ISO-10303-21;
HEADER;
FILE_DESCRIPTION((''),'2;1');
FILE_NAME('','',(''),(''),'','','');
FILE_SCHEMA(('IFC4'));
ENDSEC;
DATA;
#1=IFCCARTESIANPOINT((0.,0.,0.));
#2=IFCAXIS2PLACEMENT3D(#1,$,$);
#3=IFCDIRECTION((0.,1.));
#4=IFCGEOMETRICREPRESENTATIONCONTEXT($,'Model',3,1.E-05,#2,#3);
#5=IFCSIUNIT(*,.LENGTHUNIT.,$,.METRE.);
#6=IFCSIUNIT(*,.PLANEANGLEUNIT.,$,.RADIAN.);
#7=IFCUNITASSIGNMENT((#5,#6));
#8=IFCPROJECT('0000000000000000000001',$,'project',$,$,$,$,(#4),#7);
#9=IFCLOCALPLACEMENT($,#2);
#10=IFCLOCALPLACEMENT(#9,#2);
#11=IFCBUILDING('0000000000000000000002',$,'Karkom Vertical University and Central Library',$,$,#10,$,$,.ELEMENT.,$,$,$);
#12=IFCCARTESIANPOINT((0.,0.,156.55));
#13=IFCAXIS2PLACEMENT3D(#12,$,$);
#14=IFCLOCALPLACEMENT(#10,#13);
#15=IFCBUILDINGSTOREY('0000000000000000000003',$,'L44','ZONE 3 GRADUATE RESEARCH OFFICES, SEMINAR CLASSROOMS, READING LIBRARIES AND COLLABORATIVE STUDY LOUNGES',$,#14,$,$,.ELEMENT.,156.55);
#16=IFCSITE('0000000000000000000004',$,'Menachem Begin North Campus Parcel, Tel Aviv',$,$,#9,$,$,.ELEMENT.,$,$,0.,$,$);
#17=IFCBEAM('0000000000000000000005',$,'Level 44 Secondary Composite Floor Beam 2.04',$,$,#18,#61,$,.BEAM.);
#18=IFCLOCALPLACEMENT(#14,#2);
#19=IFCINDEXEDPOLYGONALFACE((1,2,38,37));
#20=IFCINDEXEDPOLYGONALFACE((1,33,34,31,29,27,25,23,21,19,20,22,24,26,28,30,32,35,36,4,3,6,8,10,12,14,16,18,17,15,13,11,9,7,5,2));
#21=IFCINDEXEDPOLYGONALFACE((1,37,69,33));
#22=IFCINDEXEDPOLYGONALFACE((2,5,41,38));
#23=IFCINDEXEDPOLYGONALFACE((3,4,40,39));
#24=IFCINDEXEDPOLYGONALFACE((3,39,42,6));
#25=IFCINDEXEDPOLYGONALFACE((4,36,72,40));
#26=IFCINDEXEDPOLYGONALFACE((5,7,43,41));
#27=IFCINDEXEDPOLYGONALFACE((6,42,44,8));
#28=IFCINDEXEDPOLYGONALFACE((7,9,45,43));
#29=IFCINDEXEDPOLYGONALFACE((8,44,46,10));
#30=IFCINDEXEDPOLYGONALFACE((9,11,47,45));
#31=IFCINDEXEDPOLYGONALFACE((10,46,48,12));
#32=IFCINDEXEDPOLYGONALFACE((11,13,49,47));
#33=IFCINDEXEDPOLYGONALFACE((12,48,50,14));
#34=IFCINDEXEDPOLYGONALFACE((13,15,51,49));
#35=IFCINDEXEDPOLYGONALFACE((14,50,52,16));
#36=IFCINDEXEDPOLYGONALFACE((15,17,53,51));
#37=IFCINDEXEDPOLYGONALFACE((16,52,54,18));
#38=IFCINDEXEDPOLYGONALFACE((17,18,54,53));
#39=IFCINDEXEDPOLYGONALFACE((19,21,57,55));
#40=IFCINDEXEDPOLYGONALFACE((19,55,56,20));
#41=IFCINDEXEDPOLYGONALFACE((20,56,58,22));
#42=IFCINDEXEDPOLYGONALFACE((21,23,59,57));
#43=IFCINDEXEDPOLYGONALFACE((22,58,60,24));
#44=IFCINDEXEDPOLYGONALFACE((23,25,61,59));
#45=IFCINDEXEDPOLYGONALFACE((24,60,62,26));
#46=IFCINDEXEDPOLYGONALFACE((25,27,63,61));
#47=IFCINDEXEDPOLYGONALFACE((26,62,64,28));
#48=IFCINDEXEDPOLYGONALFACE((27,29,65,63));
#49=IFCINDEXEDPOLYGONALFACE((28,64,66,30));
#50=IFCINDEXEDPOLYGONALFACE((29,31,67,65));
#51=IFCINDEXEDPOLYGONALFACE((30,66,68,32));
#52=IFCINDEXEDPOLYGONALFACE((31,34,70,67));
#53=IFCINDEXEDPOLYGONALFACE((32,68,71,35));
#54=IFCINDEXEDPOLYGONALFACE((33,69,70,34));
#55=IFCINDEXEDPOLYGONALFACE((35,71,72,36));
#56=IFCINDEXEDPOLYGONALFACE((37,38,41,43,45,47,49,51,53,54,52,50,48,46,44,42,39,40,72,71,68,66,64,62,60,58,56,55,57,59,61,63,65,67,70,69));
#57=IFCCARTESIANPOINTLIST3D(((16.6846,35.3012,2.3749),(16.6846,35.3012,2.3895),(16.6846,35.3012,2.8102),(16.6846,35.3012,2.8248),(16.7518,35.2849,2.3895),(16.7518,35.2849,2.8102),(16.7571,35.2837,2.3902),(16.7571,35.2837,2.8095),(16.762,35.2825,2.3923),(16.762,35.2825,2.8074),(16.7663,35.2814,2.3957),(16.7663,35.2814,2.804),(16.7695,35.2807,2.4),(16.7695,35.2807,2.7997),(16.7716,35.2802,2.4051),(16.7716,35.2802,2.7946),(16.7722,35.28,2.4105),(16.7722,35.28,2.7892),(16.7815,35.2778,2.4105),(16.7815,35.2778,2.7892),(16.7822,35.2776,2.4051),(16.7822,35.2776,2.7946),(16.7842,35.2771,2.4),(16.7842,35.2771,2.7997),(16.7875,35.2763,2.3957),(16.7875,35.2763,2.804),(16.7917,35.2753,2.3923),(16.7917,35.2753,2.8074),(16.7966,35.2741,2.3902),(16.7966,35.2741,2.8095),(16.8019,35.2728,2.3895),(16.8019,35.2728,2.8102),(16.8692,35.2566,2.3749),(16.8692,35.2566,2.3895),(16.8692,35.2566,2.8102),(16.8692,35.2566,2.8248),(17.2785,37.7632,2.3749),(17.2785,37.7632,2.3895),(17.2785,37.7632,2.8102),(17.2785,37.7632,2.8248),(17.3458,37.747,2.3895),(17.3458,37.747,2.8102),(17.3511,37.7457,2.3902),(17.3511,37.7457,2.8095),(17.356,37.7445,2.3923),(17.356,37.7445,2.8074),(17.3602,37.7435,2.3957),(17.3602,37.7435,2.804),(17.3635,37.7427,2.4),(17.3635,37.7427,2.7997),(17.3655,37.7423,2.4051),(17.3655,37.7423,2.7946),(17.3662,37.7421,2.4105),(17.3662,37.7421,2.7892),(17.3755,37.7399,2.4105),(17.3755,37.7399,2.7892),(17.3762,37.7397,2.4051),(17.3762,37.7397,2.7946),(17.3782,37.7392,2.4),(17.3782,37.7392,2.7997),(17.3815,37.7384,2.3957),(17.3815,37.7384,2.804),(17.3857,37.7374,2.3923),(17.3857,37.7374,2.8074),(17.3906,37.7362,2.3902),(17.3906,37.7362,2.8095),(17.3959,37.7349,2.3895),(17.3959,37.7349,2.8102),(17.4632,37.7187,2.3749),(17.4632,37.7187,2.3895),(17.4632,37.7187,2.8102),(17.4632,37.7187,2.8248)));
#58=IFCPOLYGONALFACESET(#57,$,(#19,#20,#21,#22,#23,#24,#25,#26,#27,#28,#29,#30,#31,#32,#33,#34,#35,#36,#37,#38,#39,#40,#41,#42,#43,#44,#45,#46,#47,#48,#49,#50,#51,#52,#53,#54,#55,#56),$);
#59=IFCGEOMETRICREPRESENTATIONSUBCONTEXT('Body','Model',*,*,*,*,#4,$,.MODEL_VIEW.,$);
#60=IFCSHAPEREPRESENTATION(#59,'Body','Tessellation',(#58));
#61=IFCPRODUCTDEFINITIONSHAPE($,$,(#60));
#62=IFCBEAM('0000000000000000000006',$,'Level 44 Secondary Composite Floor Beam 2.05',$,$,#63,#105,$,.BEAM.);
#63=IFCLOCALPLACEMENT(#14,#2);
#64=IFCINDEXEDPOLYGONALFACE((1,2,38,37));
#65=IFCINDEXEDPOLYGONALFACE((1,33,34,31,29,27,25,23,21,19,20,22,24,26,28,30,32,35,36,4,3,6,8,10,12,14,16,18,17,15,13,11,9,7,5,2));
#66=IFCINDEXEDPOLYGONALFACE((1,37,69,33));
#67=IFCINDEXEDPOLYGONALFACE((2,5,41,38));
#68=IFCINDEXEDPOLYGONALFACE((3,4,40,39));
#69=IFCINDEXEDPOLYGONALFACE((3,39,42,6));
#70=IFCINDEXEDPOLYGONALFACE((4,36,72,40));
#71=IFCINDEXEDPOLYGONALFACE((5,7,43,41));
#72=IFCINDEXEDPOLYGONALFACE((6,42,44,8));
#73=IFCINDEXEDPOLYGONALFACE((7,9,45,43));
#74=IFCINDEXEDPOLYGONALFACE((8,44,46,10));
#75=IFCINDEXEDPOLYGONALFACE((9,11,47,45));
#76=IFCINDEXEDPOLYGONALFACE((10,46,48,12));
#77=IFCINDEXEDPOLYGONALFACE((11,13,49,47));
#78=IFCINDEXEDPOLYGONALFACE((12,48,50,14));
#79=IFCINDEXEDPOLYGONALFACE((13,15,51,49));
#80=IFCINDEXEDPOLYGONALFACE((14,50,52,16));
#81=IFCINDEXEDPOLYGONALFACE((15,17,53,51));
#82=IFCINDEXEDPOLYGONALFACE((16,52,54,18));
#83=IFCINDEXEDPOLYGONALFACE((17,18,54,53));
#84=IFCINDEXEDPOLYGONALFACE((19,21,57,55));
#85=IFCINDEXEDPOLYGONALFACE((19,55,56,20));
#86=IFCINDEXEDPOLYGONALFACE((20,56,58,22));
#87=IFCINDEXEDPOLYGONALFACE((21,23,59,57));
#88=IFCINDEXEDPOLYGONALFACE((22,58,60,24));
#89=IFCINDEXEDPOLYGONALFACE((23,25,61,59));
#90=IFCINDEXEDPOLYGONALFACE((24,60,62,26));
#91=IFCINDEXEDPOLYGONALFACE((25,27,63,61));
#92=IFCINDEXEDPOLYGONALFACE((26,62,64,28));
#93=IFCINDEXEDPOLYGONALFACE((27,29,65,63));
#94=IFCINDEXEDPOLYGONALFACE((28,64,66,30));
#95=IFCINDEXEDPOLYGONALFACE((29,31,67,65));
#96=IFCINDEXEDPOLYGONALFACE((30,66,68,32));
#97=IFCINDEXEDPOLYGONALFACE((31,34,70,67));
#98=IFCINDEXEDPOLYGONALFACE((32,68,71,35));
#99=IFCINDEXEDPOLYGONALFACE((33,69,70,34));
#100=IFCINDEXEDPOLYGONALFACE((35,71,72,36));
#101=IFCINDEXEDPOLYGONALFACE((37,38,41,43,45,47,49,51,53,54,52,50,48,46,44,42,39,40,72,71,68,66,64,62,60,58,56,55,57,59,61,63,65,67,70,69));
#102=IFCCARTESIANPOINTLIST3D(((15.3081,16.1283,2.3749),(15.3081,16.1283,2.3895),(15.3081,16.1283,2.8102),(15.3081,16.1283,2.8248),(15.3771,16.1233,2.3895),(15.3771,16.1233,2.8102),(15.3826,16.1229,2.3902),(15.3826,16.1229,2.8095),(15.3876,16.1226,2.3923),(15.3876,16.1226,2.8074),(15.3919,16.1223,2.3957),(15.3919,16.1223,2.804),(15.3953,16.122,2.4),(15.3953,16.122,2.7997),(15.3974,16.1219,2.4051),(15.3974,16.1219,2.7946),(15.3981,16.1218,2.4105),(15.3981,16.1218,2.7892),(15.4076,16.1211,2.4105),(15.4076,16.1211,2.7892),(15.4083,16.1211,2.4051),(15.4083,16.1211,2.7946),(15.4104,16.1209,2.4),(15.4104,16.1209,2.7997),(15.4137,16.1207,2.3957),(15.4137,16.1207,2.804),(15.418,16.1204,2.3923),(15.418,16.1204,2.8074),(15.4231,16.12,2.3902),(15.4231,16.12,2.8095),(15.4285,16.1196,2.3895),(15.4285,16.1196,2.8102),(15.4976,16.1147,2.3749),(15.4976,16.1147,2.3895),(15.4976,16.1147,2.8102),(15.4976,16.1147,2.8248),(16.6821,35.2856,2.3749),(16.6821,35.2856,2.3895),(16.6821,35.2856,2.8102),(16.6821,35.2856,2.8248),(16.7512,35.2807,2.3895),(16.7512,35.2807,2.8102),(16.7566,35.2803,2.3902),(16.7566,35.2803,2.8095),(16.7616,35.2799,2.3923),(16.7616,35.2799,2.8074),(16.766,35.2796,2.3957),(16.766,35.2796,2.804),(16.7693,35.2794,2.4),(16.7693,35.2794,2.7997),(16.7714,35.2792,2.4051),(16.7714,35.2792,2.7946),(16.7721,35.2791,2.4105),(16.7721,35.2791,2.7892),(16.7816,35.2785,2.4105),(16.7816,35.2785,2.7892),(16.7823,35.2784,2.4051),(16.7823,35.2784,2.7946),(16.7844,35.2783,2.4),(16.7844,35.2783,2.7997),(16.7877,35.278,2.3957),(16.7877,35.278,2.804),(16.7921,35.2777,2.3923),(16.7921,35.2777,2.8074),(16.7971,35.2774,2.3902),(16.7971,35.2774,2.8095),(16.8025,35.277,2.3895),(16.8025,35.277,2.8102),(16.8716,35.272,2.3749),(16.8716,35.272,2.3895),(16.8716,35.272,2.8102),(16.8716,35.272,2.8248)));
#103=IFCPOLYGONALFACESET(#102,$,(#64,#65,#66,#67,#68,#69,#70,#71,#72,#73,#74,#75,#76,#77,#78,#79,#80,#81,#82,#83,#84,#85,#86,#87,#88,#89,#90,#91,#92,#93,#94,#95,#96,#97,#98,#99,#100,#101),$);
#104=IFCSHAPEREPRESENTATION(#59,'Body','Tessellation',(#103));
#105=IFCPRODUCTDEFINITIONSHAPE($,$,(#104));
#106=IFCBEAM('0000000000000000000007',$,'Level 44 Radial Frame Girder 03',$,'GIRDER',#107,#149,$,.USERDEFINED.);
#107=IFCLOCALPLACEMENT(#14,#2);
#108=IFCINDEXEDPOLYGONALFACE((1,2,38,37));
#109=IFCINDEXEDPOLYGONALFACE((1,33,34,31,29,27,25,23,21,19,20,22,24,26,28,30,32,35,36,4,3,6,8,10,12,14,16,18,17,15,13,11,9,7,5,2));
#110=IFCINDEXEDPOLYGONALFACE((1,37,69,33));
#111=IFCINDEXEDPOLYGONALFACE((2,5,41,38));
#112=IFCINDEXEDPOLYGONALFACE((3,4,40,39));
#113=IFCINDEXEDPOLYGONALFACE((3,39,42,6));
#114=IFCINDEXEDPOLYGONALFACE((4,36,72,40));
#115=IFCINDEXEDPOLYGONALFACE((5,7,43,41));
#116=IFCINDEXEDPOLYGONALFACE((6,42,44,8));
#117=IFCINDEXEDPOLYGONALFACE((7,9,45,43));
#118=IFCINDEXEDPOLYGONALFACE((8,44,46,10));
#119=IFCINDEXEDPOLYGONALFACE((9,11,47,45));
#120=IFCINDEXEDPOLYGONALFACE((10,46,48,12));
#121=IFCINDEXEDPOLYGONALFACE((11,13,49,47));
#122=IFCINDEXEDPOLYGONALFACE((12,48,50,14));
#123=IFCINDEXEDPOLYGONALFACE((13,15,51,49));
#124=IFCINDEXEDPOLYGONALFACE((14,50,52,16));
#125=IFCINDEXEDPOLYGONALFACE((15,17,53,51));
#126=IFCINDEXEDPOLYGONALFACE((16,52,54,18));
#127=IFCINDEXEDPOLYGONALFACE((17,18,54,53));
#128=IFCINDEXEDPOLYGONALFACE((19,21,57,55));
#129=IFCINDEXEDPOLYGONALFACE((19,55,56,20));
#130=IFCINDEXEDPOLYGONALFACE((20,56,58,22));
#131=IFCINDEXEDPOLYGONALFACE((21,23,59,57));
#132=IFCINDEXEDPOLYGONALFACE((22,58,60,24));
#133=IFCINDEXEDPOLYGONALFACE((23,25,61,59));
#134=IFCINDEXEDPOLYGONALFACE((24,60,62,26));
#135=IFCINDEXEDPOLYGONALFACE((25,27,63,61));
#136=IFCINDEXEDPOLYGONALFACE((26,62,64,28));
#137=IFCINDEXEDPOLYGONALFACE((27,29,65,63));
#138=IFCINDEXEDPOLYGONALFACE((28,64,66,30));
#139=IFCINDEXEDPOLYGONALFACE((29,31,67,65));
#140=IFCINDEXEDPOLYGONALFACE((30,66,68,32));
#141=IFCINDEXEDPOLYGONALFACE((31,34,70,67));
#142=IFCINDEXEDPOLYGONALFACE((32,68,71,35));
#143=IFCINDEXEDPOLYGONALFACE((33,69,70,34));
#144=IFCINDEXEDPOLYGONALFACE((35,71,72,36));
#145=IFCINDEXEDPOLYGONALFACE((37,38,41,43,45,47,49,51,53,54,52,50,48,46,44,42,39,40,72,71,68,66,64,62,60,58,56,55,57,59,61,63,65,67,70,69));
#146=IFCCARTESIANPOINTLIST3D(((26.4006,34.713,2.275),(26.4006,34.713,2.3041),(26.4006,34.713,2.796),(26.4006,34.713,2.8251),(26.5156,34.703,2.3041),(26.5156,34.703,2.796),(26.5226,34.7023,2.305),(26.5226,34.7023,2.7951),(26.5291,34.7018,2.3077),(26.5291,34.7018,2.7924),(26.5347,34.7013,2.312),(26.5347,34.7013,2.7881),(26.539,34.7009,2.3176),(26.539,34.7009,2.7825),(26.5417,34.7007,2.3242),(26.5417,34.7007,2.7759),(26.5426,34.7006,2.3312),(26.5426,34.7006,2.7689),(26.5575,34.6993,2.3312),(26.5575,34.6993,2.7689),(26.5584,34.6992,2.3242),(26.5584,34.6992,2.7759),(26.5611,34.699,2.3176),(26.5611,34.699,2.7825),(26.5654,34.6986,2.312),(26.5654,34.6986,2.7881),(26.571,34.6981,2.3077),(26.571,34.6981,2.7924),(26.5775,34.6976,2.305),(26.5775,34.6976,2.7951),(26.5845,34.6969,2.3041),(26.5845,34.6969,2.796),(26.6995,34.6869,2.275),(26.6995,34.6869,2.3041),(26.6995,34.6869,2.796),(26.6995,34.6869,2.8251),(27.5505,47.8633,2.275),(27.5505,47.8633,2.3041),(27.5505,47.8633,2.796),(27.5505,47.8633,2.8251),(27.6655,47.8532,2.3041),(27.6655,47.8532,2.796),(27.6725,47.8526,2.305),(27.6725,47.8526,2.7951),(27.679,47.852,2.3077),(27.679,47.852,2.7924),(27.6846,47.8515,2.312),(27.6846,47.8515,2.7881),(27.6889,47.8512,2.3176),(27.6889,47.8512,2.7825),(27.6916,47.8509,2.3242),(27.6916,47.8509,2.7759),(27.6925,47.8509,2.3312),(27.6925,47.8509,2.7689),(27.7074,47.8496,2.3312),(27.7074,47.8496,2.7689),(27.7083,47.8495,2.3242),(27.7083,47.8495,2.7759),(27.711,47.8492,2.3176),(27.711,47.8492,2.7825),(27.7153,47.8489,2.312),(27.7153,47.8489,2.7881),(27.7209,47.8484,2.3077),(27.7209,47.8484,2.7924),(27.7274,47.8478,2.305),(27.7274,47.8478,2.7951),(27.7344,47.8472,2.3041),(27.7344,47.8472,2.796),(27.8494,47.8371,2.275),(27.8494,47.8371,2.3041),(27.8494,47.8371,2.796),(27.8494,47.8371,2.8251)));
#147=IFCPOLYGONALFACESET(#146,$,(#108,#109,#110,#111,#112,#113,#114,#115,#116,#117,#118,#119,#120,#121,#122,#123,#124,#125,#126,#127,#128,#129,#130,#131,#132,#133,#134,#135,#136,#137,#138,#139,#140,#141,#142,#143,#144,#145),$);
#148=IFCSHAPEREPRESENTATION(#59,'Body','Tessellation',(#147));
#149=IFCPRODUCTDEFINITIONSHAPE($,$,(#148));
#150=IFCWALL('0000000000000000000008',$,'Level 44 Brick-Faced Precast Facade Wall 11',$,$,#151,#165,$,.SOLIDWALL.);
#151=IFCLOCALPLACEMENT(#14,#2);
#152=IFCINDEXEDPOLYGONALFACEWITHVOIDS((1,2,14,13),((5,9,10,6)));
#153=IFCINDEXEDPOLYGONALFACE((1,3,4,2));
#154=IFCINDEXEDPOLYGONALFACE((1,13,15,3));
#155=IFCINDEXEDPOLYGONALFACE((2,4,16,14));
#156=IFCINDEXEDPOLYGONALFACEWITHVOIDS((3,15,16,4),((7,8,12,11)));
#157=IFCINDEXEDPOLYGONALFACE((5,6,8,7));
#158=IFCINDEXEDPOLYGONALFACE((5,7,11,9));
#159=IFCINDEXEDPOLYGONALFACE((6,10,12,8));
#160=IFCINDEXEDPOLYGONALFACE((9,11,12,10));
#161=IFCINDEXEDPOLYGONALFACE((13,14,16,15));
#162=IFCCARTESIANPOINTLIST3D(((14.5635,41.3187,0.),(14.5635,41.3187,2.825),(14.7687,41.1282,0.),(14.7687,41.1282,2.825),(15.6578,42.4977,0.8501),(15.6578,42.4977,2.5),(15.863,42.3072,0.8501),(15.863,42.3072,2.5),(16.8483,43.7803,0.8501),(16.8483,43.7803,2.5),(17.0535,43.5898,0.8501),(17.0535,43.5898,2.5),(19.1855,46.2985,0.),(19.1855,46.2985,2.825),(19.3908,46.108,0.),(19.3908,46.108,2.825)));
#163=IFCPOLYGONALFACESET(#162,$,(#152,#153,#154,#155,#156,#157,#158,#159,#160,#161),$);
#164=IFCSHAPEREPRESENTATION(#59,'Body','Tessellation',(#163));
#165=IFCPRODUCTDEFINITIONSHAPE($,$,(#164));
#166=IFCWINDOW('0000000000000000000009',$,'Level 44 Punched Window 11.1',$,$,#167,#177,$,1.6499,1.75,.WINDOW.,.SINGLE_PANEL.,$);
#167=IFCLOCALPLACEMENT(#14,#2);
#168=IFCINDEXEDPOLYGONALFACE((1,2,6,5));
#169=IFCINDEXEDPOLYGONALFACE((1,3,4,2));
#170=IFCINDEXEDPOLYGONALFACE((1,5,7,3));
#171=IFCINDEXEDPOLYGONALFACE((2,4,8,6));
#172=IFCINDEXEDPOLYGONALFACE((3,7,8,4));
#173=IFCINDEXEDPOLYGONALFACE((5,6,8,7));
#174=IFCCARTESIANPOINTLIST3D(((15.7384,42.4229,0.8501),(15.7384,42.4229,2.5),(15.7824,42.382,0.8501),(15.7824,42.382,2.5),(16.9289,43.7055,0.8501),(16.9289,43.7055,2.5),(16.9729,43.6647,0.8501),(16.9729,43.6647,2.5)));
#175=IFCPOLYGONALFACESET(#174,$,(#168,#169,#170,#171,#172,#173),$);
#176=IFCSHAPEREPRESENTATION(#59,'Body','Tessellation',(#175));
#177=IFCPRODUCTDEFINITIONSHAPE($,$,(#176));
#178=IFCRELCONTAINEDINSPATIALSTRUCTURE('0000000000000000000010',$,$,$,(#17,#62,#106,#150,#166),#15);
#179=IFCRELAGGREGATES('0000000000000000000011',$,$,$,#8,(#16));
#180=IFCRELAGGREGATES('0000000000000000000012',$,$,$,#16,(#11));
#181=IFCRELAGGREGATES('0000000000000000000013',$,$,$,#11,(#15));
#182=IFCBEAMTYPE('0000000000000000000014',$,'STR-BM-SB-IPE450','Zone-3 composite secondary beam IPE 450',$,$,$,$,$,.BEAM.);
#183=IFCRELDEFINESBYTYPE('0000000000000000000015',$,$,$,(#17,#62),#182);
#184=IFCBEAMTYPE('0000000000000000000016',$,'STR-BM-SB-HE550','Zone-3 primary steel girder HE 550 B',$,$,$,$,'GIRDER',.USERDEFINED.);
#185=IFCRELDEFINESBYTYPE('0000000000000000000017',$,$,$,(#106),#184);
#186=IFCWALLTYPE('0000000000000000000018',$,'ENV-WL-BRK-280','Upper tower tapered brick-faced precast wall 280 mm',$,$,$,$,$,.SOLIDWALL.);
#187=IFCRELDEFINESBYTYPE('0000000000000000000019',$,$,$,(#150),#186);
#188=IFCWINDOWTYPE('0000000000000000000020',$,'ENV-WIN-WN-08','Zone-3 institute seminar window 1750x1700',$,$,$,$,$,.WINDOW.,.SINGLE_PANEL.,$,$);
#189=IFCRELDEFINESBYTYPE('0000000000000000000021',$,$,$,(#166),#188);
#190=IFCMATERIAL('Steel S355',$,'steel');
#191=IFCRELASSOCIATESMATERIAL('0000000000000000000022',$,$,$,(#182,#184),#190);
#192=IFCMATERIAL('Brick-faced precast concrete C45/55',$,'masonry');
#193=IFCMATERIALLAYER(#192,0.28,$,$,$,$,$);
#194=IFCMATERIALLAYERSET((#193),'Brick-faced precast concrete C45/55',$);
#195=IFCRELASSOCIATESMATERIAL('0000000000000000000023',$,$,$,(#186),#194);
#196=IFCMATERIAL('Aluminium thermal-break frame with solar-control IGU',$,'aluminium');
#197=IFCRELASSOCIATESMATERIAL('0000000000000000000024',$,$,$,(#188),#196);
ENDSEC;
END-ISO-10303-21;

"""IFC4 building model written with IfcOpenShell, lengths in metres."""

from ifc_helpers import new_model, si_unit, direction, frame, frame_2d, origin, origin_with_axes, origin_2d, place, context, subcontext, project, spatial, rectangle, i_section, extrude, source, transform, mapped, material, layer, layer_set, material_profile, profile_set, type_object, element, fill, save


model = new_model("IFC4")

# Units and contexts
model_context = context("Model", 3, precision=1e-05, world=origin(), true_north=direction((0.0, 1.0)))
body_context = subcontext(model_context, "Body", "Model", "MODEL_VIEW")
ifc_project = project(units=[si_unit("LENGTHUNIT", "METRE"), si_unit("PLANEANGLEUNIT", "RADIAN")], contexts=[model_context])

# Site, building, storey
site_placement = place(None, origin())
site = spatial("IfcSite", under=ifc_project, at=site_placement, Name="Menachem Begin North Campus Parcel, Tel Aviv", CompositionType="ELEMENT", RefElevation=0.0)
building_placement = place(site_placement, origin())
building = spatial("IfcBuilding", under=site, at=building_placement, Name="Karkom Vertical University and Central Library", CompositionType="ELEMENT")
storey_placement = place(building_placement, frame((0.0, 0.0, 156.55)))
storey = spatial("IfcBuildingStorey", under=building, at=storey_placement, Name="L44", Description="ZONE 3 GRADUATE RESEARCH OFFICES, SEMINAR CLASSROOMS, READING LIBRARIES AND COLLABORATIVE STUDY LOUNGES", CompositionType="ELEMENT", Elevation=156.55)

# Beams
ifc_material_1 = material(Name="Steel S355", Category="steel")
ifc_material_profile_1 = material_profile(ifc_material_1, i_section(OverallWidth=0.1899, OverallDepth=0.45, WebThickness=0.0095, FlangeThickness=0.0146, FilletRadius=0.021, at=origin_2d()), Name="IPE 450")
ifc_profile_set_1 = profile_set([ifc_material_profile_1], Name="Steel S355")
beam_type_1 = type_object("IfcBeamType", Name="STR-BM-SB-IPE450", Description="Zone-3 composite secondary beam IPE 450", PredefinedType="BEAM", material=ifc_profile_set_1)
shared_shape_1 = source(origin_with_axes(), body_context, "Body", "SweptSolid", [
    extrude(i_section(OverallWidth=0.1899, OverallDepth=0.45, WebThickness=0.0095, FlangeThickness=0.0146, FilletRadius=0.021, at=origin_2d()), origin(), (0.0, 0.0, 1.0), 2.5327),
])
beam_1_placement = place(storey_placement, frame((17.3708, 37.741, 2.5999), z_axis=(-0.234521, -0.972111, 0.0), x_axis=(0.972111, -0.234521, 0.0)))
element("IfcBeam", 1, at=beam_1_placement, inside=storey, type_object=beam_type_1, Name="Level 44 Secondary Composite Floor Beam 2.04", PredefinedType="BEAM", context=body_context, shape_type="MappedRepresentation", body=[
    mapped(shared_shape_1, transform((0.0, 0.0, 0.0), scale=1.0)),
])
shared_shape_2 = source(origin_with_axes(), body_context, "Body", "SweptSolid", [
    extrude(i_section(OverallWidth=0.1899, OverallDepth=0.45, WebThickness=0.0095, FlangeThickness=0.0146, FilletRadius=0.021, at=origin_2d()), origin(), (0.0, 0.0, 1.0), 19.2065),
])
beam_2_placement = place(storey_placement, frame((16.7769, 35.2788, 2.5999), z_axis=(-0.07154, -0.997438, 0.0), x_axis=(0.997438, -0.07154, 0.0)))
element("IfcBeam", 2, at=beam_2_placement, inside=storey, type_object=beam_type_1, Name="Level 44 Secondary Composite Floor Beam 2.05", PredefinedType="BEAM", context=body_context, shape_type="MappedRepresentation", body=[
    mapped(shared_shape_2, transform((0.0, 0.0, 0.0), scale=1.0)),
])
ifc_material_profile_2 = material_profile(ifc_material_1, i_section(OverallWidth=0.3, OverallDepth=0.55, WebThickness=0.0149, FlangeThickness=0.0291, FilletRadius=0.0271, at=origin_2d()), Name="HE 550 B")
ifc_profile_set_2 = profile_set([ifc_material_profile_2], Name="Steel S355")
beam_type_2 = type_object("IfcBeamType", Name="STR-BM-SB-HE550", Description="Zone-3 primary steel girder HE 550 B", ElementType="GIRDER", PredefinedType="USERDEFINED", material=ifc_profile_set_2)
shared_shape_3 = source(origin_with_axes(), body_context, "Body", "SweptSolid", [
    extrude(i_section(OverallWidth=0.3, OverallDepth=0.55, WebThickness=0.0149, FlangeThickness=0.0291, FilletRadius=0.0271, at=origin_2d()), origin(), (0.0, 0.0, 1.0), 13.2004),
])
beam_3_placement = place(storey_placement, frame((26.55, 34.7, 2.55), z_axis=(0.087112, 0.996199, 0.0), x_axis=(-0.996199, 0.087112, 0.0)))
element("IfcBeam", 3, at=beam_3_placement, inside=storey, type_object=beam_type_2, Name="Level 44 Radial Frame Girder 03", ObjectType="GIRDER", PredefinedType="USERDEFINED", context=body_context, shape_type="MappedRepresentation", body=[
    mapped(shared_shape_3, transform((0.0, 0.0, 0.0), scale=1.0)),
])

# Wall, opening, window
ifc_material_2 = material(Name="Brick-faced precast concrete C45/55", Category="masonry")
ifc_layer_1 = layer(ifc_material_2, 0.28)
ifc_layer_set_1 = layer_set([ifc_layer_1], Name="Brick-faced precast concrete C45/55")
wall_type_1 = type_object("IfcWallType", Name="ENV-WL-BRK-280", Description="Upper tower tapered brick-faced precast wall 280 mm", PredefinedType="SOLIDWALL", material=ifc_layer_set_1)
wall_1_placement = place(storey_placement, frame((19.2881, 46.2031, 0.0), z_axis=(0.0, 0.0, 1.0), x_axis=(-0.680295, -0.732938, 0.0)))
wall_1 = element("IfcWall", 4, at=wall_1_placement, inside=storey, type_object=wall_type_1, Name="Level 44 Brick-Faced Precast Facade Wall 11", PredefinedType="SOLIDWALL", context=body_context, shape_type="SweptSolid", body=[
    extrude(rectangle(XDim=6.7942, YDim=0.28, at=frame_2d((3.397, 0.0))), origin(), (0.0, 0.0, 1.0), 2.825),
])
opening_1_placement = place(wall_1_placement, frame((3.4355, 0.0, 0.8501)))
opening_1 = element("IfcOpeningElement", 5, at=opening_1_placement, cuts=wall_1, PredefinedType="OPENING", context=body_context, shape_type="SweptSolid", body=[
    extrude(rectangle(XDim=1.75, YDim=1.6499, at=frame_2d((0.875, 0.825))), frame((0.0, 0.1499, 0.0), z_axis=(0.0, -1.0, 0.0), x_axis=(1.0, 0.0, 0.0)), (0.0, 0.0, 1.0), 0.3),
])
ifc_material_3 = material(Name="Aluminium thermal-break frame with solar-control IGU", Category="aluminium")
window_type = type_object("IfcWindowType", Name="ENV-WIN-WN-08", Description="Zone-3 institute seminar window 1750x1700", PartitioningType="SINGLE_PANEL", PredefinedType="WINDOW", material=ifc_material_3)
shared_shape_4 = source(origin_with_axes(), body_context, "Body", "SweptSolid", [
    extrude(rectangle(XDim=1.75, YDim=1.6499, at=frame_2d((0.875, 0.825))), frame((0.0, 0.03, 0.0), z_axis=(0.0, -1.0, 0.0), x_axis=(1.0, 0.0, 0.0)), (0.0, 0.0, 1.0), 0.0601),
])
window_placement = place(opening_1_placement, origin())
window = element("IfcWindow", 6, at=window_placement, inside=storey, type_object=window_type, Name="Level 44 Punched Window 11.1", OverallHeight=1.6499, OverallWidth=1.75, PartitioningType="SINGLE_PANEL", PredefinedType="WINDOW", context=body_context, shape_type="MappedRepresentation", body=[
    mapped(shared_shape_4, transform((0.0, 0.0, 0.0), scale=1.0)),
])
fill(opening_1, window)

save(model, "model.ifc")
